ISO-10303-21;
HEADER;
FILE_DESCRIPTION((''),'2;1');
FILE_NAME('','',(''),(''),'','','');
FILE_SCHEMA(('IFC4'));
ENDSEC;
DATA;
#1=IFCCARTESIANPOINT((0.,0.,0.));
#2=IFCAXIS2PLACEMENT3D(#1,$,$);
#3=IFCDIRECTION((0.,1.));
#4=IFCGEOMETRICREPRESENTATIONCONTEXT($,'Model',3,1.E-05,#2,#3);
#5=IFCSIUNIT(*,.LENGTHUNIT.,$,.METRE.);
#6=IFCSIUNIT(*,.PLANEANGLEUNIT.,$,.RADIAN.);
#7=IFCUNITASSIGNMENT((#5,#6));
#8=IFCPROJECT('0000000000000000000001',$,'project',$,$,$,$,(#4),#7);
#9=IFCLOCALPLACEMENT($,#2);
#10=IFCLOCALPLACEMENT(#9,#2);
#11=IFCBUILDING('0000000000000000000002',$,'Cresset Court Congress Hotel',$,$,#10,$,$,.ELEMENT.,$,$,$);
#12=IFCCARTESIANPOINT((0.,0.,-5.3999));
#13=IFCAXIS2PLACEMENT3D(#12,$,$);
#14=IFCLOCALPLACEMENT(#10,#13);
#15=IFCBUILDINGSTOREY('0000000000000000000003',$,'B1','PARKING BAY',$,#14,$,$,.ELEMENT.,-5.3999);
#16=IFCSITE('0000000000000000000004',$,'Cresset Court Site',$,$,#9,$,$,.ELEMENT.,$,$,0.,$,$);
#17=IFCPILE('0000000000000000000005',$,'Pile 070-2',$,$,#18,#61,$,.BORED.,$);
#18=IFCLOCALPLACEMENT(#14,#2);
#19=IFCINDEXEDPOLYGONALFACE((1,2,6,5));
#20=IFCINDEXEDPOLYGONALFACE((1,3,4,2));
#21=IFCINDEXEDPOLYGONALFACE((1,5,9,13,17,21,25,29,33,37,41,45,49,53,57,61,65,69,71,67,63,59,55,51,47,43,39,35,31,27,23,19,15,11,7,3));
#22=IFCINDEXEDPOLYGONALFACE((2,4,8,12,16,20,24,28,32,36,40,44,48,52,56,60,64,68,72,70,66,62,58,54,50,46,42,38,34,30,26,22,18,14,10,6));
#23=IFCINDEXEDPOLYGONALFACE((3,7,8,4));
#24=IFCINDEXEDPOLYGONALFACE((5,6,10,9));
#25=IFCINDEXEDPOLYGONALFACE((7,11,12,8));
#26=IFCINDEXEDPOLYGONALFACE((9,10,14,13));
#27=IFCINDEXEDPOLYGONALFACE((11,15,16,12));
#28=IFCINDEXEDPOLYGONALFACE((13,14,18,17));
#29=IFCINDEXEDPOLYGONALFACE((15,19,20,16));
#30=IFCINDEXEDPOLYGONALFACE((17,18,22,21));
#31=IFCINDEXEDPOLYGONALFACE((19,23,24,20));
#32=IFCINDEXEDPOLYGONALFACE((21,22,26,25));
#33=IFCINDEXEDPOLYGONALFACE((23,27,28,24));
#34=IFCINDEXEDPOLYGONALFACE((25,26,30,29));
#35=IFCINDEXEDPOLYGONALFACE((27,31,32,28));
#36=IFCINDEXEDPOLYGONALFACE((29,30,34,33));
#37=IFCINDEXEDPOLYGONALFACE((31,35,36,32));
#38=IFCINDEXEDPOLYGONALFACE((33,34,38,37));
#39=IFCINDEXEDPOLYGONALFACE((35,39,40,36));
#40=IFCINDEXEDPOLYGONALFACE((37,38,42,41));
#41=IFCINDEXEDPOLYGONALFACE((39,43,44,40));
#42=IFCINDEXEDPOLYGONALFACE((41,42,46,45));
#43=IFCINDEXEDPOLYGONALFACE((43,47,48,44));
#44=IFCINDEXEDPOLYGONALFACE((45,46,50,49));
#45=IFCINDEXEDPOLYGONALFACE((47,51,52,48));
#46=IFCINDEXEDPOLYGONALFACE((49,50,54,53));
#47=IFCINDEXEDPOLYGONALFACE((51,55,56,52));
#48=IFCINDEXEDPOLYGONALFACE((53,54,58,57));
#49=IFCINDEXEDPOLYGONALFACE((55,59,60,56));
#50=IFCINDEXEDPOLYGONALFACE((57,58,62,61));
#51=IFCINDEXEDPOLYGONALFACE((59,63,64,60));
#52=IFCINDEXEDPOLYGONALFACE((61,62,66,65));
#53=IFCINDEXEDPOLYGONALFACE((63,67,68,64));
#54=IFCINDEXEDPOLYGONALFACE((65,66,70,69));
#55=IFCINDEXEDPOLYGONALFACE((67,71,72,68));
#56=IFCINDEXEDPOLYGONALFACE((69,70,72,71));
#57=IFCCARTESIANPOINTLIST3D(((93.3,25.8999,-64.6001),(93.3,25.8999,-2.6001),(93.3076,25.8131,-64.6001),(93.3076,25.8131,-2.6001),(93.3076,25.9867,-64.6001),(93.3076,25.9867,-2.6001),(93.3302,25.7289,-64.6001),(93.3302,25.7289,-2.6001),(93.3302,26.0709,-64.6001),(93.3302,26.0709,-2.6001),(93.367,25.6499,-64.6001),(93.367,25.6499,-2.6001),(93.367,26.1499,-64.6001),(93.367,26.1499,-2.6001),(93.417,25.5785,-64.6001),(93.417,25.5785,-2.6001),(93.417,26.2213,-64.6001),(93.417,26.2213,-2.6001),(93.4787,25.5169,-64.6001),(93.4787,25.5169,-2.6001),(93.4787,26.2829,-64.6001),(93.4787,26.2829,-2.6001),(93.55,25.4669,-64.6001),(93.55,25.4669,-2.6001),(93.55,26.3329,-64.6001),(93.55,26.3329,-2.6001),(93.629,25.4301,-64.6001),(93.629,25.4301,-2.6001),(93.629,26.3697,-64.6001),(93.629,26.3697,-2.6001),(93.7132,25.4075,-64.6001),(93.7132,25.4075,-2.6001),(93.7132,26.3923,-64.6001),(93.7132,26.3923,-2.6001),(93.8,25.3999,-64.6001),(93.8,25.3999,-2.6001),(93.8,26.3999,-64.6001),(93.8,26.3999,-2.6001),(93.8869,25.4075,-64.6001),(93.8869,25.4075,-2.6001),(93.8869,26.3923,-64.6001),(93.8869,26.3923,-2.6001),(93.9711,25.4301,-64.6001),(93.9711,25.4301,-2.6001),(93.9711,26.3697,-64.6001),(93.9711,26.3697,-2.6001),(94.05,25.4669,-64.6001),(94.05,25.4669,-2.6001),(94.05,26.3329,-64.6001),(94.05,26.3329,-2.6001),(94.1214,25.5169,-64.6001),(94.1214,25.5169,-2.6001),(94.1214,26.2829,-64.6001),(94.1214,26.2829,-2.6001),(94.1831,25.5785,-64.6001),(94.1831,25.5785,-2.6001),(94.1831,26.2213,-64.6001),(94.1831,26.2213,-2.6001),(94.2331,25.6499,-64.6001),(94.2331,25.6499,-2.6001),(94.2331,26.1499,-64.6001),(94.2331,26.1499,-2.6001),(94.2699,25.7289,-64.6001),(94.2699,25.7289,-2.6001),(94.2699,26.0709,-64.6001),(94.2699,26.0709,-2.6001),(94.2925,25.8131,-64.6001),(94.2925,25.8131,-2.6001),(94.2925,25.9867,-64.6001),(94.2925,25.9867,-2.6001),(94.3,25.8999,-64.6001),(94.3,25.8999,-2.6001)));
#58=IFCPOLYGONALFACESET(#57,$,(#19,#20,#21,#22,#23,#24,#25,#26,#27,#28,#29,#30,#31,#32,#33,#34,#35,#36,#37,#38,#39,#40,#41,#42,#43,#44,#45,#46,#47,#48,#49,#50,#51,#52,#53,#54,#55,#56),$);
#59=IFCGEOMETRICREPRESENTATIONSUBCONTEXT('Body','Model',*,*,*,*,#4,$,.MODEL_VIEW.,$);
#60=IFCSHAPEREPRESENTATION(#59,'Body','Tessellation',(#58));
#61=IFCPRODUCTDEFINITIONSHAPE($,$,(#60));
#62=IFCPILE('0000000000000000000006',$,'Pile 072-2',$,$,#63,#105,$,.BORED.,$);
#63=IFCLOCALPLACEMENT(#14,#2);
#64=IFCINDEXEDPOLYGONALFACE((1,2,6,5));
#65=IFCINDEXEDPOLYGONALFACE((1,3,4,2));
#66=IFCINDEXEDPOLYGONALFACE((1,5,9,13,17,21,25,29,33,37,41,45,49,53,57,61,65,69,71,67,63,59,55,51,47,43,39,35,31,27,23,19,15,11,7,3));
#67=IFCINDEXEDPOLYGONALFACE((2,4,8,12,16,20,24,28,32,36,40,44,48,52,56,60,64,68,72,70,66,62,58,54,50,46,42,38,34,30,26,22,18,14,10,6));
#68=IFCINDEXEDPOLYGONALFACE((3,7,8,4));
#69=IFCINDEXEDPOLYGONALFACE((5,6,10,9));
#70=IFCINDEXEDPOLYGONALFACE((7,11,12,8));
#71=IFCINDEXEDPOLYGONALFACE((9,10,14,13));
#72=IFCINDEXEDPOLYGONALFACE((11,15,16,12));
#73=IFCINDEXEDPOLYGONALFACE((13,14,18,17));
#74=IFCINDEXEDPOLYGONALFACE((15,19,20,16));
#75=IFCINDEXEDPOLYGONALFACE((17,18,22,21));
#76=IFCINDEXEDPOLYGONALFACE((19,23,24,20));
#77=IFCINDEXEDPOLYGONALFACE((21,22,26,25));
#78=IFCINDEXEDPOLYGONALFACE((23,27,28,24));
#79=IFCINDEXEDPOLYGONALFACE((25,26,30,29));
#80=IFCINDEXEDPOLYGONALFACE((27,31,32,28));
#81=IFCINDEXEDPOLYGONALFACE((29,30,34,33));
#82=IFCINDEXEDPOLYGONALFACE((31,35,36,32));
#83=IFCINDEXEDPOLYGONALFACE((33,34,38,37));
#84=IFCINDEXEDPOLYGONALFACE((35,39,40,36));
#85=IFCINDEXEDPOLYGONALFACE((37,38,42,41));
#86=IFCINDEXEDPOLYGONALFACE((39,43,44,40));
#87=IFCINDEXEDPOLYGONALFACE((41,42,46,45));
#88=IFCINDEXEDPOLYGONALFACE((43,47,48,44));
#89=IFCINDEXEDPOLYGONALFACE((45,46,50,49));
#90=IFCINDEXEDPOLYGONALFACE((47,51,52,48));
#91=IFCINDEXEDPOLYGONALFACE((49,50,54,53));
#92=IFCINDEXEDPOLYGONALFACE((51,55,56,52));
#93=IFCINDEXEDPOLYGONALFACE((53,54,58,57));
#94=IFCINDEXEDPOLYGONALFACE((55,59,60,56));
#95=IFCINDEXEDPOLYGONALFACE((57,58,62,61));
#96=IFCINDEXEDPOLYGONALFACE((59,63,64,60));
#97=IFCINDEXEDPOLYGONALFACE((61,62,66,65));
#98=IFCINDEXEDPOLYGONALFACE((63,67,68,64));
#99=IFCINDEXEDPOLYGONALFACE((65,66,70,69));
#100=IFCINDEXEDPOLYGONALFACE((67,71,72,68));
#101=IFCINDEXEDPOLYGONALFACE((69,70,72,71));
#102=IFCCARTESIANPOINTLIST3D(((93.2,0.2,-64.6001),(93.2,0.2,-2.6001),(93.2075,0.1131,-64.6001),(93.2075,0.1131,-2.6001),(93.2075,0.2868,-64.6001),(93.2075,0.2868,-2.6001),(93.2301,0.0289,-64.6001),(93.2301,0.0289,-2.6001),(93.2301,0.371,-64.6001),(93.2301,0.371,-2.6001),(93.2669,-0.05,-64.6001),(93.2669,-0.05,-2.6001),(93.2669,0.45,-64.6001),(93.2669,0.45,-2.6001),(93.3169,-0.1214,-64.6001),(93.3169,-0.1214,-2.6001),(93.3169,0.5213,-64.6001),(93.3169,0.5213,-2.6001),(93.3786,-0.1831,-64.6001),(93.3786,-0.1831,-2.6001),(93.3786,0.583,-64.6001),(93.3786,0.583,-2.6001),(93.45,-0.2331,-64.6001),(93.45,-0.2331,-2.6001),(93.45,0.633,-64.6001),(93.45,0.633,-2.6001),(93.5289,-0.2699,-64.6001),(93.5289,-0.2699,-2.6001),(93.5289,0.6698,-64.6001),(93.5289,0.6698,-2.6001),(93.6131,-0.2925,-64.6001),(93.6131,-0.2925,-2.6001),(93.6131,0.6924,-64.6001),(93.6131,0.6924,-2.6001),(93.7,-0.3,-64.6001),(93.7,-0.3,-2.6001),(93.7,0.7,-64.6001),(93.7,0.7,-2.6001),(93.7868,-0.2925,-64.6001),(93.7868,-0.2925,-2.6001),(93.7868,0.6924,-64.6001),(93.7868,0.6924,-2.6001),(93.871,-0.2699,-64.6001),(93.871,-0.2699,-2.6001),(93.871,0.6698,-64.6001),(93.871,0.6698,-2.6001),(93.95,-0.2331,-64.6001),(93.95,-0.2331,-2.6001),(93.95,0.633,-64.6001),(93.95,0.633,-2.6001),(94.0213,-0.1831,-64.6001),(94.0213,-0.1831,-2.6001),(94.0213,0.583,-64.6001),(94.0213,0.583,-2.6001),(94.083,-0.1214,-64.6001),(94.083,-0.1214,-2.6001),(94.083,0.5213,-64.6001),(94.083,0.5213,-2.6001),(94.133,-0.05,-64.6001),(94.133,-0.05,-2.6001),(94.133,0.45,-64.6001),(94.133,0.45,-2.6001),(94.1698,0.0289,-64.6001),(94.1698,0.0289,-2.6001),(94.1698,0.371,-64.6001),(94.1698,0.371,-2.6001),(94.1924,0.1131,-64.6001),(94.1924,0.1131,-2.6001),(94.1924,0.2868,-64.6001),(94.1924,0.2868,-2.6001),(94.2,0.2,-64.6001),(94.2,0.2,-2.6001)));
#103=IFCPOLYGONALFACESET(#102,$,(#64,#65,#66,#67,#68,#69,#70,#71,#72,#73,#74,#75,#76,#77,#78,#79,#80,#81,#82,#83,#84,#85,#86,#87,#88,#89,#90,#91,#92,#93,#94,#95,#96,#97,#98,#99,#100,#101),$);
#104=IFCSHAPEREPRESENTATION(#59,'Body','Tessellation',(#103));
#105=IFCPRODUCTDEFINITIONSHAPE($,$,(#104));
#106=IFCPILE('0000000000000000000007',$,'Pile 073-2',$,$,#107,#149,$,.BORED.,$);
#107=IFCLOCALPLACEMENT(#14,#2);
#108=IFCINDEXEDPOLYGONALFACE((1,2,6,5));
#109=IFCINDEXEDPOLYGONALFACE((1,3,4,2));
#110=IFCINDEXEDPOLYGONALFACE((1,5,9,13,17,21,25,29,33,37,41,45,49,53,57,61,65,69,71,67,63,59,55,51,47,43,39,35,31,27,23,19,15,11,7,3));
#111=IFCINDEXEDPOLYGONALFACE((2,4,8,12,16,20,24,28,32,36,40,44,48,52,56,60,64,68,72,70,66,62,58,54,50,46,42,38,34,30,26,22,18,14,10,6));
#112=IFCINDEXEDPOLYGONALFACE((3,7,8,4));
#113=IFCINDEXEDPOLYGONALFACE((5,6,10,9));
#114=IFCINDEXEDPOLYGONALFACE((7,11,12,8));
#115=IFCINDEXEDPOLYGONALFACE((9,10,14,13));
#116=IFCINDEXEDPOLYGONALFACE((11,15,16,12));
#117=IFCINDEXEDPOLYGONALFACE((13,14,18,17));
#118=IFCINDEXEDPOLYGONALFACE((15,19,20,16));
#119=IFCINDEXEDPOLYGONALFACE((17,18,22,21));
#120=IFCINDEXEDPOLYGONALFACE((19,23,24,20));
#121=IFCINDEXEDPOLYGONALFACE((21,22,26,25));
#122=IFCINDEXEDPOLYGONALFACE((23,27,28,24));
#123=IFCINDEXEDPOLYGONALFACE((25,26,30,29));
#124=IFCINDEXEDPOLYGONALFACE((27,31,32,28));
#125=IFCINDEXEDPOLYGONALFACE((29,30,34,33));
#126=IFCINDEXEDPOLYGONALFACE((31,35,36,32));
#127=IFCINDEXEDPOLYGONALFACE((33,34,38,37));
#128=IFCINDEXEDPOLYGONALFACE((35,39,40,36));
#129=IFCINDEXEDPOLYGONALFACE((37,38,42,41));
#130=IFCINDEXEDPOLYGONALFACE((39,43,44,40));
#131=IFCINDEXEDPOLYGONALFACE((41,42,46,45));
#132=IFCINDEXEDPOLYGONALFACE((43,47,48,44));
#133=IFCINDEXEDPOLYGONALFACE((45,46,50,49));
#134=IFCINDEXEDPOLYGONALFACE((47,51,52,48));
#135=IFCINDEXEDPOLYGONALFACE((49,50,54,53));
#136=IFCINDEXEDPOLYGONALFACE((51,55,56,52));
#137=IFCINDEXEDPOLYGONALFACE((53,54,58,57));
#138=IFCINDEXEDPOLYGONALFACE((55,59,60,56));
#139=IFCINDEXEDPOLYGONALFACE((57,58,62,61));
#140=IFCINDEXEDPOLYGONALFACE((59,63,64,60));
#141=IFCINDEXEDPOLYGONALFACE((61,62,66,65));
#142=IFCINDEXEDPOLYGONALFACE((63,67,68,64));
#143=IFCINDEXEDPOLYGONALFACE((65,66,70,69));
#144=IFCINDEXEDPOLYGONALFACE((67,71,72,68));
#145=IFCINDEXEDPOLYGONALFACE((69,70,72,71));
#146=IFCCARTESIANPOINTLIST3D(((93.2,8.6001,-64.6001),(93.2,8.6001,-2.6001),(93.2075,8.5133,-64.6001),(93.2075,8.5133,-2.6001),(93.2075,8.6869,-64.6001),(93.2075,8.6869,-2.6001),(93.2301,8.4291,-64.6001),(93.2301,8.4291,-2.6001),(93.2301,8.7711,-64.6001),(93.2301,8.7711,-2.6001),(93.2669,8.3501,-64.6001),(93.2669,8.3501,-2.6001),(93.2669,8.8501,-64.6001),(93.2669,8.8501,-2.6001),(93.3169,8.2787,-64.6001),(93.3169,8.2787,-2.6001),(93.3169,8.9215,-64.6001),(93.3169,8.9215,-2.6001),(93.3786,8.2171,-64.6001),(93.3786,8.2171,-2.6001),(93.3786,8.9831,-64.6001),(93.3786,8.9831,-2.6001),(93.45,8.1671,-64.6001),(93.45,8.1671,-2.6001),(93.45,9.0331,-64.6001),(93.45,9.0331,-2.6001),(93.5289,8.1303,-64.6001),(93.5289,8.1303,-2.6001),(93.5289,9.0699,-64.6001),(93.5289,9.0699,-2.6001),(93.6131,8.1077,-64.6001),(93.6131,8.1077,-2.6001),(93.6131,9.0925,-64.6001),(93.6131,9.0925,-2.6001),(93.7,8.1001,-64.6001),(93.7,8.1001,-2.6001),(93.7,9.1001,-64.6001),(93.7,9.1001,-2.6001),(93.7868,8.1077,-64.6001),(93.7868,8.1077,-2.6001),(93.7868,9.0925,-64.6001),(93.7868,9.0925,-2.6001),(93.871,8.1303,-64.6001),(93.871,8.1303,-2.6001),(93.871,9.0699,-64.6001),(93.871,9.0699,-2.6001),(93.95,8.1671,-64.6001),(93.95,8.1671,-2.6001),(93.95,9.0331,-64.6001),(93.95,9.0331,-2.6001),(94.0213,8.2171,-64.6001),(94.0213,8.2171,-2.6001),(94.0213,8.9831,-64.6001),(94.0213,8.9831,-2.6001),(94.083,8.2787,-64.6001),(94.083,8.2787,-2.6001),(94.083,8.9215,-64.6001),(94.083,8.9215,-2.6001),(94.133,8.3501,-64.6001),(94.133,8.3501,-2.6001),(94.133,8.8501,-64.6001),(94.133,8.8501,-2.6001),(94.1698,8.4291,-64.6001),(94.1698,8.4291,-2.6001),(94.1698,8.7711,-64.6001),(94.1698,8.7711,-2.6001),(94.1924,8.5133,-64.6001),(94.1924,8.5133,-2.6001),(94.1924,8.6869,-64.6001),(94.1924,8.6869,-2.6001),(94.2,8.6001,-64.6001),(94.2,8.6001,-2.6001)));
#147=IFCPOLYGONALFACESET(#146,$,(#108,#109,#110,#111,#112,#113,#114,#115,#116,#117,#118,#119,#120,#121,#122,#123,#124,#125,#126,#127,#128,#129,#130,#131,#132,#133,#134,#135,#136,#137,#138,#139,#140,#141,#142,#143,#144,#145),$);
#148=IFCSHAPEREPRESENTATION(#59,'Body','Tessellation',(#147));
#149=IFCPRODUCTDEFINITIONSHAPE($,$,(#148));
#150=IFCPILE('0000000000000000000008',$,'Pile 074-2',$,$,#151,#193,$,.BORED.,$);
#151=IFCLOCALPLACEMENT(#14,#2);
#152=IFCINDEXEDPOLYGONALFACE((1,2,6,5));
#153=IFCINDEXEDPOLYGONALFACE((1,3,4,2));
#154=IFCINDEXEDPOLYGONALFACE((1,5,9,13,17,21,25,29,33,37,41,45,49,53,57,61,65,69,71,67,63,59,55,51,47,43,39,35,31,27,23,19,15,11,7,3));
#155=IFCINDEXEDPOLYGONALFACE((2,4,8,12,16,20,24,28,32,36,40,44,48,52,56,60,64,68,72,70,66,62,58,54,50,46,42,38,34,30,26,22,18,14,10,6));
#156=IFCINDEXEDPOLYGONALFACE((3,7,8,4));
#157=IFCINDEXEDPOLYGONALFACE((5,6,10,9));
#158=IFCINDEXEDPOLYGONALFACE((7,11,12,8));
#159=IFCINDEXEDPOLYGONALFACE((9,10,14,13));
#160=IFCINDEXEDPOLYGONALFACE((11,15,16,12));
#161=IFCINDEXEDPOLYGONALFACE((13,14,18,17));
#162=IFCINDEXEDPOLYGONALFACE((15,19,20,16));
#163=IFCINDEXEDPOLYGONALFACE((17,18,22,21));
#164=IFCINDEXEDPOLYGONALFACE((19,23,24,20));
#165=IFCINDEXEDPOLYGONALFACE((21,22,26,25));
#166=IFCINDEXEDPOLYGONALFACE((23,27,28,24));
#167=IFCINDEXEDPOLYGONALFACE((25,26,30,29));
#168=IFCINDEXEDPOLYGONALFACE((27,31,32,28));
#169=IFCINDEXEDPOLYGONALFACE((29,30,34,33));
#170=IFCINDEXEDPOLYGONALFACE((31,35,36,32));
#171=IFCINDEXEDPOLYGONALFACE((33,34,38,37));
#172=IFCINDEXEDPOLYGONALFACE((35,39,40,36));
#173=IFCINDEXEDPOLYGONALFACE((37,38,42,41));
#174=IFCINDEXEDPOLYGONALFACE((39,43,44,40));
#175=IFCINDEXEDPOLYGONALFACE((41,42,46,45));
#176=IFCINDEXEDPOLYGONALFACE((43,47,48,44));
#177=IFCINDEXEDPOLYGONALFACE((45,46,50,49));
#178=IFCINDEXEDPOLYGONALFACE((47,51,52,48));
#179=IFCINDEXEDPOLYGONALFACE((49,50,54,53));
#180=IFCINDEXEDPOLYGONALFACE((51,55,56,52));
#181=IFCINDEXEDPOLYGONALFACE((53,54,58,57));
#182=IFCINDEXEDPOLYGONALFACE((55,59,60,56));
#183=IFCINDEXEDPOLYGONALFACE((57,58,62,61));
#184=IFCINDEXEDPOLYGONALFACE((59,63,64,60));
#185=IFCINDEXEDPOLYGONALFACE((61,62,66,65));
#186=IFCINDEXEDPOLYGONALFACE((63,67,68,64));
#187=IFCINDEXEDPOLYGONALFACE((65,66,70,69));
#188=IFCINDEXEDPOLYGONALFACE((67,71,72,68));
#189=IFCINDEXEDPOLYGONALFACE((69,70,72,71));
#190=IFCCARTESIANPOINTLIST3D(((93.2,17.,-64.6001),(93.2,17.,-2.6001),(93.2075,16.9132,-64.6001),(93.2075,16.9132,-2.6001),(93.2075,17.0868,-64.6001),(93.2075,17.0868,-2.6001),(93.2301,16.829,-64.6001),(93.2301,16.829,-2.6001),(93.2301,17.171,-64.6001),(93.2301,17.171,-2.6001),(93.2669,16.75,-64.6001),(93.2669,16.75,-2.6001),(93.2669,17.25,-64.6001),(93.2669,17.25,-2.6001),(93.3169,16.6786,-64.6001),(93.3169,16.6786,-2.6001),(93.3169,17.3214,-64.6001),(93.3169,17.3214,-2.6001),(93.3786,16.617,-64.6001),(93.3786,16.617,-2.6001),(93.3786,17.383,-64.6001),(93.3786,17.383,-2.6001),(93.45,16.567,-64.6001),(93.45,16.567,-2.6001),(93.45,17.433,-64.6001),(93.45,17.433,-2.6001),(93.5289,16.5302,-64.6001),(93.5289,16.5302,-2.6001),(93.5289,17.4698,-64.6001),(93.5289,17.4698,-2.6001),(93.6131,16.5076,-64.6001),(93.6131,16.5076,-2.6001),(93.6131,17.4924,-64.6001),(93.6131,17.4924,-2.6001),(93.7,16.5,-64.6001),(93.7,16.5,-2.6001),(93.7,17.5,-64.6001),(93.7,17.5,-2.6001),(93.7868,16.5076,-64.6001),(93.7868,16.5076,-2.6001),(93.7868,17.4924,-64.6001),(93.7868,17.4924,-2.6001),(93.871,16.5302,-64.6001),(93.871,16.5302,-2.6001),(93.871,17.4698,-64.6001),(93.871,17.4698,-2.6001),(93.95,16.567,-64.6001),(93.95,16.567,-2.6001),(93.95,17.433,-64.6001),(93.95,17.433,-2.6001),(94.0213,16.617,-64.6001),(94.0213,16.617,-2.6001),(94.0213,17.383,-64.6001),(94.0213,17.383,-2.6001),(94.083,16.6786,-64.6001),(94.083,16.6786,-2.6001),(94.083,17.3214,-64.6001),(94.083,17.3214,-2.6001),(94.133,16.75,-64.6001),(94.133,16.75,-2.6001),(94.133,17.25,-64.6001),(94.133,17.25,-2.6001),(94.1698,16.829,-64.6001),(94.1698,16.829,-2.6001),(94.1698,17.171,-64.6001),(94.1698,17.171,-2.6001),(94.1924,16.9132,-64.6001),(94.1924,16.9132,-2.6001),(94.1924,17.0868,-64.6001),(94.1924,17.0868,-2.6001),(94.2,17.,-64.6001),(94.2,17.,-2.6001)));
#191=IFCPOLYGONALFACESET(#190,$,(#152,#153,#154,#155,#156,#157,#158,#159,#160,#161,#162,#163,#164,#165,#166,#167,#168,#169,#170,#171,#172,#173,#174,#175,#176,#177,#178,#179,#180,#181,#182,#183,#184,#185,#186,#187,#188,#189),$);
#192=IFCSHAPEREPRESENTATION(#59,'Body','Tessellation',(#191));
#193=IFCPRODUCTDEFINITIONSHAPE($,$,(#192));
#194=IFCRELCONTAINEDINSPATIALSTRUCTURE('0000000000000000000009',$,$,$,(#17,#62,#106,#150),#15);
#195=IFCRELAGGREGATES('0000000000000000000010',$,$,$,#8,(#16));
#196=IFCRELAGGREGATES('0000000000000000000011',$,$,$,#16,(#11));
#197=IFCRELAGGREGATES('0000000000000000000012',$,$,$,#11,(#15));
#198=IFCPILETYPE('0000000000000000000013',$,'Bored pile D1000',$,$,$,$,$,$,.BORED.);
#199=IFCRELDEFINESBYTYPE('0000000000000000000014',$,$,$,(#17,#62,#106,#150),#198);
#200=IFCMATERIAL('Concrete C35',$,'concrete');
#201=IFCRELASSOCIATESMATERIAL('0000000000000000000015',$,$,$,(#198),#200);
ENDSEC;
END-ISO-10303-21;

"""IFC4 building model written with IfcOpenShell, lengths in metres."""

from ifc_helpers import new_model, si_unit, direction, frame, origin, origin_2d, place, context, subcontext, project, spatial, circle, extrude, material, type_object, element, save


model = new_model("IFC4")

# Units and contexts
model_context = context("Model", 3, precision=1e-05, world=origin(), true_north=direction((0.0, 1.0)))
body_context = subcontext(model_context, "Body", "Model", "MODEL_VIEW")
ifc_project = project(units=[si_unit("LENGTHUNIT", "METRE"), si_unit("PLANEANGLEUNIT", "RADIAN")], contexts=[model_context])

# Site, building, storey
site_placement = place(None, origin())
site = spatial("IfcSite", under=ifc_project, at=site_placement, Name="Cresset Court Site", CompositionType="ELEMENT", RefElevation=0.0)
building_placement = place(site_placement, origin())
building = spatial("IfcBuilding", under=site, at=building_placement, Name="Cresset Court Congress Hotel", CompositionType="ELEMENT")
storey_placement = place(building_placement, frame((0.0, 0.0, -5.3999)))
storey = spatial("IfcBuildingStorey", under=building, at=storey_placement, Name="B1", Description="PARKING BAY", CompositionType="ELEMENT", Elevation=-5.3999)

# Piles
ifc_material_1 = material(Name="Concrete C35", Category="concrete")
pile_type = type_object("IfcPileType", Name="Bored pile D1000", PredefinedType="BORED", material=ifc_material_1)
for number, where, z_axis, x_axis, name in (
    (1, (93.8, 25.8999, -2.6001), (0.0, 0.0, -1.0), (1.0, 0.0, 0.0), "Pile 070-2"),
    (2, (93.7, 0.2, -2.6001), (0.0, 0.0, -1.0), (1.0, 0.0, 0.0), "Pile 072-2"),
    (3, (93.7, 8.6001, -2.6001), (0.0, 0.0, -1.0), (1.0, 0.0, 0.0), "Pile 073-2"),
    (4, (93.7, 17.0, -2.6001), (0.0, 0.0, -1.0), (1.0, 0.0, 0.0), "Pile 074-2"),
):
    element("IfcPile", number, at=place(storey_placement, frame(where, z_axis=z_axis, x_axis=x_axis)), inside=storey, type_object=pile_type, Name=name, PredefinedType="BORED", context=body_context, shape_type="SweptSolid", body=[
        extrude(circle(Radius=0.5, at=origin_2d()), origin(), (0.0, 0.0, 1.0), 62.0),
    ])

save(model, "model.ifc")
